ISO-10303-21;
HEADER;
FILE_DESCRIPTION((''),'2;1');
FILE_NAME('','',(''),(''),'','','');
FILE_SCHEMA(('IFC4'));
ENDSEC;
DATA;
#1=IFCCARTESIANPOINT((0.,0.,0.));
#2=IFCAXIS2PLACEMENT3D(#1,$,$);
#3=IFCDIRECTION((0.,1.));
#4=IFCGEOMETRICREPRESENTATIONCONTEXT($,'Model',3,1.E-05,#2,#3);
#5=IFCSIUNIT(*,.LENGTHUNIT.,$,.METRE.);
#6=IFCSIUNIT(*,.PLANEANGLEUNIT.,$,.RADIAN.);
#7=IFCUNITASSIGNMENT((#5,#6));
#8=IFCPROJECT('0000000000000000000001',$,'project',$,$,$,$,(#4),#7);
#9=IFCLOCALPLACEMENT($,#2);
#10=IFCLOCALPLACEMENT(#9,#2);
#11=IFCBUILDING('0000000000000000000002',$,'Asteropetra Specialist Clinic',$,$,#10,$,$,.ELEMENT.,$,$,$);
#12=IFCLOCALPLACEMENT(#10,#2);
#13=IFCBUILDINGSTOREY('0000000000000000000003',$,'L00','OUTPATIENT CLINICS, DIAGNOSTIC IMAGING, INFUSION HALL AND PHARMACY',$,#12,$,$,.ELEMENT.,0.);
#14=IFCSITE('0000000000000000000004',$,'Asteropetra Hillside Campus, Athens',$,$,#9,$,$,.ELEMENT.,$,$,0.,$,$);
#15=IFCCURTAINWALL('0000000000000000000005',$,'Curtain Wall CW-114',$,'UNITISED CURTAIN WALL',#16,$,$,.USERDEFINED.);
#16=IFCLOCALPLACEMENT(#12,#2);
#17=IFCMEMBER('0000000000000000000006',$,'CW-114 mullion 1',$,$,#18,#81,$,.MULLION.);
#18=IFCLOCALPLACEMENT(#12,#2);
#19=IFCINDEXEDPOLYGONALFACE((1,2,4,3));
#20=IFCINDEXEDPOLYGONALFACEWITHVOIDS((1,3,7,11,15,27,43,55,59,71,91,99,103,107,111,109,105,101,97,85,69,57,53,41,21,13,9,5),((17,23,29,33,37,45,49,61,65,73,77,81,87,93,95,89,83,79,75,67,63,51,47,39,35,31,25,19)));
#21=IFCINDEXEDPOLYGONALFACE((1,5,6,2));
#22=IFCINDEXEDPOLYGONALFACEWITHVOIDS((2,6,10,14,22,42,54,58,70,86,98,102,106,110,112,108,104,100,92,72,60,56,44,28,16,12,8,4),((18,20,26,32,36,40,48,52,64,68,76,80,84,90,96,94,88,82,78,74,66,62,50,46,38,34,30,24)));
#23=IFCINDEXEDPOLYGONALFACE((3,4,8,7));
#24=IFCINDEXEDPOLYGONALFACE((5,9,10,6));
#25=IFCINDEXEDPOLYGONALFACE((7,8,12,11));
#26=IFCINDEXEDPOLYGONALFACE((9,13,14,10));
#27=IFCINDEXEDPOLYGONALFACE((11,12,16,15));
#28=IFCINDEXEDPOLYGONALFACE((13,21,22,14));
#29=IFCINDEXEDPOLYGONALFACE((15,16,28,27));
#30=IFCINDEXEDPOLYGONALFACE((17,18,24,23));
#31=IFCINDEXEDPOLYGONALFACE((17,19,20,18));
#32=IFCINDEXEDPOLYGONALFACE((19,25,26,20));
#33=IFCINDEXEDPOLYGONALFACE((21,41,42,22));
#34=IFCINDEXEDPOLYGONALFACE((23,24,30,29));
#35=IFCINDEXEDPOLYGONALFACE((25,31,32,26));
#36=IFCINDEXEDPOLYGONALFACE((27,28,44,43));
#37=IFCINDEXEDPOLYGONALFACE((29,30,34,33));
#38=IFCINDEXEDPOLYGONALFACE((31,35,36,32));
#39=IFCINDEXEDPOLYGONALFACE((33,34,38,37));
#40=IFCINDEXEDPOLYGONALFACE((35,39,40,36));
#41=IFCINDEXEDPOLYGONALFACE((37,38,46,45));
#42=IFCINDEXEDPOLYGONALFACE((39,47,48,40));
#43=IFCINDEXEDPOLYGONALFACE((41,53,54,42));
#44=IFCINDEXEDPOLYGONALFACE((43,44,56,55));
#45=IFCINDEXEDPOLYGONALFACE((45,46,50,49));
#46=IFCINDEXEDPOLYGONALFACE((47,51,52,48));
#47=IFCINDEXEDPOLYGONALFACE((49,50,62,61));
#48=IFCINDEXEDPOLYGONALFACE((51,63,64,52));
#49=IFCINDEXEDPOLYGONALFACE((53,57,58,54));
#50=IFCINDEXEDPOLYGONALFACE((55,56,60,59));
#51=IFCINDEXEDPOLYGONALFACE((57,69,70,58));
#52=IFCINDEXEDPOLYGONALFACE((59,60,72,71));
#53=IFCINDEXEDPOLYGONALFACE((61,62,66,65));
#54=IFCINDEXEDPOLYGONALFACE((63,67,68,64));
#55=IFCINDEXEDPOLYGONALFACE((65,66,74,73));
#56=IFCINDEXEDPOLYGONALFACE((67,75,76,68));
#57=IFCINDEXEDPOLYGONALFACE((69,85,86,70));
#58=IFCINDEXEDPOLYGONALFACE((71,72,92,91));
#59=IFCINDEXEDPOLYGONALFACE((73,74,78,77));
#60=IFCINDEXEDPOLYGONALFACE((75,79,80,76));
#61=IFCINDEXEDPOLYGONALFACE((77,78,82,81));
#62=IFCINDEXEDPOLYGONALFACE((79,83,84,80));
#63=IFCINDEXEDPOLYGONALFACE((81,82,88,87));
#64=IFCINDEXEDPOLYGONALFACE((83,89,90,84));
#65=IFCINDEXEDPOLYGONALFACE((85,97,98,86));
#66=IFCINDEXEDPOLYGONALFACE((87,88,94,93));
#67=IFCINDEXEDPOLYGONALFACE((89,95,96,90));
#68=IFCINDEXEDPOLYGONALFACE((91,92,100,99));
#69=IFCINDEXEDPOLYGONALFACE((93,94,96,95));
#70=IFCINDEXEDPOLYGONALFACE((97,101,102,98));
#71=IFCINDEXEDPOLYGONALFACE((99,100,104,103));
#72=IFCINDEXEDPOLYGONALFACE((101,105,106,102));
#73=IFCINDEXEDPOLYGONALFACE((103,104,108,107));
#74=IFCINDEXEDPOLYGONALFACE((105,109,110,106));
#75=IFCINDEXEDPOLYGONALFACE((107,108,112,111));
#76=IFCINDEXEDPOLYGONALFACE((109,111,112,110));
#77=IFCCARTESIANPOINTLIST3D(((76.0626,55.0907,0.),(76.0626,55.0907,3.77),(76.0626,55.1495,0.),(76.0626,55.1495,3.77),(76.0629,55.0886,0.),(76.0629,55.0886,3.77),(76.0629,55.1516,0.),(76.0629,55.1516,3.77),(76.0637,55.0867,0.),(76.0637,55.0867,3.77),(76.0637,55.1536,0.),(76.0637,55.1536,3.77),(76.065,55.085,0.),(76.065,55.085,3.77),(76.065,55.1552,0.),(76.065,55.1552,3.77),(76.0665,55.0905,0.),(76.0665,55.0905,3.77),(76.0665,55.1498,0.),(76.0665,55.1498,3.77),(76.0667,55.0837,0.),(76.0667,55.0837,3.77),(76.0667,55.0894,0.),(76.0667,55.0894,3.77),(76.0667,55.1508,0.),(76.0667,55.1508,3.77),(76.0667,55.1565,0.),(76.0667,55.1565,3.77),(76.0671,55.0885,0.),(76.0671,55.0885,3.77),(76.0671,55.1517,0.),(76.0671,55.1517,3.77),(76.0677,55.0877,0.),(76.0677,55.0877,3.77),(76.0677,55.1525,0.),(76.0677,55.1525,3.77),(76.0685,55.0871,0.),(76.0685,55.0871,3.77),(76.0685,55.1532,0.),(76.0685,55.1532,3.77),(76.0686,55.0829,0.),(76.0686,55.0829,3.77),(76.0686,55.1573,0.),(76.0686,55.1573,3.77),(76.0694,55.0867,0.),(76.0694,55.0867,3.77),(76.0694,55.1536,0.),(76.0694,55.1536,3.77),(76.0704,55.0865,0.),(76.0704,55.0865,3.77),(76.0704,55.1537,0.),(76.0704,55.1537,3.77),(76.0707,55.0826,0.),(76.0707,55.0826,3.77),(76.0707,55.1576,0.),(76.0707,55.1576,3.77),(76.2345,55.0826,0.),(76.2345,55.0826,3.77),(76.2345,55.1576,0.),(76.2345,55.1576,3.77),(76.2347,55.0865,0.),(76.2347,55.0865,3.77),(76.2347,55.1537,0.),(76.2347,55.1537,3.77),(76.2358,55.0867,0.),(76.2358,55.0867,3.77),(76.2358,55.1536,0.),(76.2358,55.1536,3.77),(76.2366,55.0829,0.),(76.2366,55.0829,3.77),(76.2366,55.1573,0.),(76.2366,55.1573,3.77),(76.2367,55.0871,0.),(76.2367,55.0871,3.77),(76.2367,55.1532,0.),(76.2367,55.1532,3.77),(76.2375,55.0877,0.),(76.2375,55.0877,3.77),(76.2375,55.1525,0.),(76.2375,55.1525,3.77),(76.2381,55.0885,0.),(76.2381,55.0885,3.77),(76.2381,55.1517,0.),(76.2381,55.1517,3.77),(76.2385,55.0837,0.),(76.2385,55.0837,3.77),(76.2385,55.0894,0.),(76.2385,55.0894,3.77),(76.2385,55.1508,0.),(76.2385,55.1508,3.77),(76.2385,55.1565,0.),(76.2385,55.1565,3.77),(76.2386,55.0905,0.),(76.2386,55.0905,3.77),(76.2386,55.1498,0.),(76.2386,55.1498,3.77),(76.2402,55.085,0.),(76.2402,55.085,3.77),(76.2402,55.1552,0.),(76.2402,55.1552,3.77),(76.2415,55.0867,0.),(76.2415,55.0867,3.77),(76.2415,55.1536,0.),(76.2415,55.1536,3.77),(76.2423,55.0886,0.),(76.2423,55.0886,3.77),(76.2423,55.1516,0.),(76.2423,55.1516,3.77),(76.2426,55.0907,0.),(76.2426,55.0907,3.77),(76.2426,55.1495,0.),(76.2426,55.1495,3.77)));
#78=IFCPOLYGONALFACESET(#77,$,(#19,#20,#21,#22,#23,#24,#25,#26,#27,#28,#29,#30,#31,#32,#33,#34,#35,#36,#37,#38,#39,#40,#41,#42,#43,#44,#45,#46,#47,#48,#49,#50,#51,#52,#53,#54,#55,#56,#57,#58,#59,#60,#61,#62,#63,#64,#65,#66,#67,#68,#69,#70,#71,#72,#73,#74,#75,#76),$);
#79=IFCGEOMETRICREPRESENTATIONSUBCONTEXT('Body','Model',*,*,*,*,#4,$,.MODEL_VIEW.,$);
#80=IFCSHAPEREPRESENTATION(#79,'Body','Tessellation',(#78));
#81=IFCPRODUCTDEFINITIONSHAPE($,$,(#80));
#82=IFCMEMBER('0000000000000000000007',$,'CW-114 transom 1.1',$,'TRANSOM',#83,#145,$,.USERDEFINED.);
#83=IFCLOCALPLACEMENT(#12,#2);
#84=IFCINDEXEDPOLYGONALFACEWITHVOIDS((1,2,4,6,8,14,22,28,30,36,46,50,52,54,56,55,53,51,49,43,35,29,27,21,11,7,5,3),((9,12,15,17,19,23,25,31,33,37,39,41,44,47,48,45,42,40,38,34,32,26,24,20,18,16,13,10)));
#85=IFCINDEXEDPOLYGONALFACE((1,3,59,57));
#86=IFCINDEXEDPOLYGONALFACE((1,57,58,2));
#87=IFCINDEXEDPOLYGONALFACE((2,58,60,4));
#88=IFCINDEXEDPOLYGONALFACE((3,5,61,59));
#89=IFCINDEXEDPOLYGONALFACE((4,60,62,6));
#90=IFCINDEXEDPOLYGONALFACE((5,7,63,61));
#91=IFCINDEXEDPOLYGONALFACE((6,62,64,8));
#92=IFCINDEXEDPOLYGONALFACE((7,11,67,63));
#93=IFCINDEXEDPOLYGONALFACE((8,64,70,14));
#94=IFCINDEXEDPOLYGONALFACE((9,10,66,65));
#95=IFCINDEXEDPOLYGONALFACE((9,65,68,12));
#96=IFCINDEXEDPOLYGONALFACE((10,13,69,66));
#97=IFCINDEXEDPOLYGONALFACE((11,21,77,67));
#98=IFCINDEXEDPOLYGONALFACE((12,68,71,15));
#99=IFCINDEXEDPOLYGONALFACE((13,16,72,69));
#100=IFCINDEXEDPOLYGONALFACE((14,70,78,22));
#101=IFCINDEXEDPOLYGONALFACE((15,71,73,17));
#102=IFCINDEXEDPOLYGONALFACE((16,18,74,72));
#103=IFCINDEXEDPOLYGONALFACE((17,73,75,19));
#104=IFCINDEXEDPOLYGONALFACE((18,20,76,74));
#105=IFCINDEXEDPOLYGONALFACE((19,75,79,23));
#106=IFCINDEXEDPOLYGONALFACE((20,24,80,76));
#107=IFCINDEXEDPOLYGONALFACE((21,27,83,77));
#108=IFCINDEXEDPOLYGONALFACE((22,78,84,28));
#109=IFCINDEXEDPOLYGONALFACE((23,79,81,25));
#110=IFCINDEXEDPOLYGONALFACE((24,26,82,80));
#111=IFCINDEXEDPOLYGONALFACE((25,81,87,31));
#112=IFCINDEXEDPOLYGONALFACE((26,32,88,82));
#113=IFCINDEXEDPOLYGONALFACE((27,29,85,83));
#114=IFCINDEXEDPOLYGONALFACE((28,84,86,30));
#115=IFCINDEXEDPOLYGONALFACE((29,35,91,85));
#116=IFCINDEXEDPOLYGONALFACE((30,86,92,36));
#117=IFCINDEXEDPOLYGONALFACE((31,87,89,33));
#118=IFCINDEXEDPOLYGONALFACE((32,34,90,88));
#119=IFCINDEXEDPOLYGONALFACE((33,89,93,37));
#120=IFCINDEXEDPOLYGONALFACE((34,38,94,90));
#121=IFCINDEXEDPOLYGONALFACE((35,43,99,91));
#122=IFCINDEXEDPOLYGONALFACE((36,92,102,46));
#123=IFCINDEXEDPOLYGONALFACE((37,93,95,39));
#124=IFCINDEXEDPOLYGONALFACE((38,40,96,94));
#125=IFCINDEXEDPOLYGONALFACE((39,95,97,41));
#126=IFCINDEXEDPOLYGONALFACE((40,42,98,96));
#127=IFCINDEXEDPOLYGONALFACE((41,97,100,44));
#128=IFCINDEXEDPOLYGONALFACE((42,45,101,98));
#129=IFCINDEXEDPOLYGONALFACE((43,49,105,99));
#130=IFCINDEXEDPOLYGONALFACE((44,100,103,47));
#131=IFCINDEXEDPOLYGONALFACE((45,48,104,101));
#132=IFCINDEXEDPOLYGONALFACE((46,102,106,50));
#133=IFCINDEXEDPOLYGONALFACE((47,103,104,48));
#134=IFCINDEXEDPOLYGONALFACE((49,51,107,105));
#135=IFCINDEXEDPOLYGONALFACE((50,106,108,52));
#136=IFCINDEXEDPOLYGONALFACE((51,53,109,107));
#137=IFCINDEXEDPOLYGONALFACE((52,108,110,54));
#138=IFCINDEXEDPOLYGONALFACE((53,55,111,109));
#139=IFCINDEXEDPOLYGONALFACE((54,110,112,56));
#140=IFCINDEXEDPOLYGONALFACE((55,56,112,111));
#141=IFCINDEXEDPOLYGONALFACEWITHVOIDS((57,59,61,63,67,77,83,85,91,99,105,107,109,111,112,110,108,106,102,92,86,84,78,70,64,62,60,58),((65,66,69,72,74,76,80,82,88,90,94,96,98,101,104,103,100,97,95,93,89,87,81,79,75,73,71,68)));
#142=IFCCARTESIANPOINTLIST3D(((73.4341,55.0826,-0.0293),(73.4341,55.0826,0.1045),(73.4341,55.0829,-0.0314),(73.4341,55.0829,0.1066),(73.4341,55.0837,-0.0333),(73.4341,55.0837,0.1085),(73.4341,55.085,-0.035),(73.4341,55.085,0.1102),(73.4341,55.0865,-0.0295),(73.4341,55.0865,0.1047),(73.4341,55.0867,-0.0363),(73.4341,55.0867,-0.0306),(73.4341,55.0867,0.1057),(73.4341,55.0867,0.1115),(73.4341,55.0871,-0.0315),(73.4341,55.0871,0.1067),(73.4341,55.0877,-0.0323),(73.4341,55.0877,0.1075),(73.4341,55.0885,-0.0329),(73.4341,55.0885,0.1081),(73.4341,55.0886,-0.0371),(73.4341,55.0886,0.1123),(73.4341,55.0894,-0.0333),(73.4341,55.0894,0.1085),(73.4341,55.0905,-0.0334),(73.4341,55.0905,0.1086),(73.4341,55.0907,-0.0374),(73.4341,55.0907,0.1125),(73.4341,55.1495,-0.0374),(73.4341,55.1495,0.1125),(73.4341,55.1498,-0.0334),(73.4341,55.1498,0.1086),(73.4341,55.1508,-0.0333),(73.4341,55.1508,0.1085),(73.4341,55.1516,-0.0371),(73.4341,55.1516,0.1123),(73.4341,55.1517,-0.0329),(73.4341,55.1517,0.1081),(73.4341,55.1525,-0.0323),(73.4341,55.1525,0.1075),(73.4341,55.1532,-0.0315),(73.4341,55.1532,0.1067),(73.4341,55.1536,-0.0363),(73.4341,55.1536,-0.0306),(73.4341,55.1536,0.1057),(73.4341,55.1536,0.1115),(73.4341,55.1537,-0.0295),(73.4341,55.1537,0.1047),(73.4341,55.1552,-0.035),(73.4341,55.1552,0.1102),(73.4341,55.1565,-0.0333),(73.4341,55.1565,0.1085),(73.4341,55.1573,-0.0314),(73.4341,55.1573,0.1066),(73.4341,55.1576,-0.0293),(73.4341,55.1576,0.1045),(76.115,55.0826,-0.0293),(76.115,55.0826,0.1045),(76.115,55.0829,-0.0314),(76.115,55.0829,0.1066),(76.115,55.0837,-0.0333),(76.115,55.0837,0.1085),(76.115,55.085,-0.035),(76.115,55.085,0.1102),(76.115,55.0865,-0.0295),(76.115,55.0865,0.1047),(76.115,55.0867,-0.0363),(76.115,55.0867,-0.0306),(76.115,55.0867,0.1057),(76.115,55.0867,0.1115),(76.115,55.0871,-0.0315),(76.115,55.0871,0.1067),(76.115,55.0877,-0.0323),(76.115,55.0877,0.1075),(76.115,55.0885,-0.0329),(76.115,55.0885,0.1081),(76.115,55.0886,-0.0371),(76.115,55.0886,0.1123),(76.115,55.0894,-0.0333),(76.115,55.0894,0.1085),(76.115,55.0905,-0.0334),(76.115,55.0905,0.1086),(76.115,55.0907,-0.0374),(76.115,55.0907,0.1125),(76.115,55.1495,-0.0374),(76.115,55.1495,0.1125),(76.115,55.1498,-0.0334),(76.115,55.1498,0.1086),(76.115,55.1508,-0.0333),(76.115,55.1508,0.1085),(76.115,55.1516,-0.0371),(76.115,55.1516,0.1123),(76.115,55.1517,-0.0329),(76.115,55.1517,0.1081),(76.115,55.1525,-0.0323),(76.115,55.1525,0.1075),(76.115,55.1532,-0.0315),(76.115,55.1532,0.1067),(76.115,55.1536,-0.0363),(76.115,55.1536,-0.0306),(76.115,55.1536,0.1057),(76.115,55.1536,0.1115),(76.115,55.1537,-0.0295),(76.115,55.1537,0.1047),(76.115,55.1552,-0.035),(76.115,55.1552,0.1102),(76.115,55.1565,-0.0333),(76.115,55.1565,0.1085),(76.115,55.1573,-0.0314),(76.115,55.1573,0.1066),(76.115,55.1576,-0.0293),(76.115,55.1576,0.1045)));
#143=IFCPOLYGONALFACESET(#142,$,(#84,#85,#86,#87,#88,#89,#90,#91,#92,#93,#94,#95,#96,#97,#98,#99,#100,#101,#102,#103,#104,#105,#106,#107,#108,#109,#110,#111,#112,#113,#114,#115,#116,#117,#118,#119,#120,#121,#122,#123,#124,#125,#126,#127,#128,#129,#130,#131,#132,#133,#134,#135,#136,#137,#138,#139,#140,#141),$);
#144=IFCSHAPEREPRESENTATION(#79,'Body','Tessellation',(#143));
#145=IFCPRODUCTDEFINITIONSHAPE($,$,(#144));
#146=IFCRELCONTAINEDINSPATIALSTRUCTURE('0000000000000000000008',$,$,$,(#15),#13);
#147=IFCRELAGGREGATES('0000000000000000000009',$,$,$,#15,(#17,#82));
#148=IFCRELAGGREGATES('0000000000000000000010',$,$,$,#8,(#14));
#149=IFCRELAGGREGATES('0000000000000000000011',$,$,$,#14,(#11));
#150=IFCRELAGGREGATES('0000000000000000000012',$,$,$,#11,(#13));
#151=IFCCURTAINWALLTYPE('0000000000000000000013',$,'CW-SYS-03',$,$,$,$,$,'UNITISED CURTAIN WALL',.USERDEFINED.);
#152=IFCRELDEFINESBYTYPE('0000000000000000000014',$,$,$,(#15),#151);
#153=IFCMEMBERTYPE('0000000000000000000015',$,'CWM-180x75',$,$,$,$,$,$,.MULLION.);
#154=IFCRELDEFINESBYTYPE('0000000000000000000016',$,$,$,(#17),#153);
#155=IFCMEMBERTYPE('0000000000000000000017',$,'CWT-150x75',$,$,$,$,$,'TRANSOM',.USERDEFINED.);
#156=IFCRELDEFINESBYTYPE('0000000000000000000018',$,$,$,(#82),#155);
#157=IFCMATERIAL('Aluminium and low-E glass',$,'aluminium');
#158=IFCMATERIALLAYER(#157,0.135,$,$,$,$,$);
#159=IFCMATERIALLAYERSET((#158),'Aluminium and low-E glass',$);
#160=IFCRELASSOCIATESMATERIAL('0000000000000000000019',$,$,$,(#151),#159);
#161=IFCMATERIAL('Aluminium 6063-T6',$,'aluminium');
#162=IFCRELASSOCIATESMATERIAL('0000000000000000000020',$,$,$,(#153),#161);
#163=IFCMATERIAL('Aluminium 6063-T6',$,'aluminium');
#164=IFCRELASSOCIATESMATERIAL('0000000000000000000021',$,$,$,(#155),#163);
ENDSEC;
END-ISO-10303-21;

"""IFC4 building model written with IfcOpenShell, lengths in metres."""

from ifc_helpers import new_model, si_unit, direction, frame, origin, origin_2d, place, context, subcontext, project, spatial, hollow_rectangle, extrude, material, layer, layer_set, material_profile, profile_set, type_object, element, aggregate, save


model = new_model("IFC4")

# Units and contexts
model_context = context("Model", 3, precision=1e-05, world=origin(), true_north=direction((0.0, 1.0)))
body_context = subcontext(model_context, "Body", "Model", "MODEL_VIEW")
ifc_project = project(units=[si_unit("LENGTHUNIT", "METRE"), si_unit("PLANEANGLEUNIT", "RADIAN")], contexts=[model_context])

# Site, building, storey
site_placement = place(None, origin())
site = spatial("IfcSite", under=ifc_project, at=site_placement, Name="Asteropetra Hillside Campus, Athens", CompositionType="ELEMENT", RefElevation=0.0)
building_placement = place(site_placement, origin())
building = spatial("IfcBuilding", under=site, at=building_placement, Name="Asteropetra Specialist Clinic", CompositionType="ELEMENT")
storey_placement = place(building_placement, origin())
storey = spatial("IfcBuildingStorey", under=building, at=storey_placement, Name="L00", Description="OUTPATIENT CLINICS, DIAGNOSTIC IMAGING, INFUSION HALL AND PHARMACY", CompositionType="ELEMENT", Elevation=0.0)

# Curtain wall, members
ifc_material_1 = material(Name="Aluminium and low-E glass", Category="aluminium")
ifc_layer_1 = layer(ifc_material_1, 0.135)
ifc_layer_set_1 = layer_set([ifc_layer_1], Name="Aluminium and low-E glass")
curtain_wall_type_1 = type_object("IfcCurtainWallType", Name="CW-SYS-03", ElementType="UNITISED CURTAIN WALL", PredefinedType="USERDEFINED", material=ifc_layer_set_1)
curtain_wall_1_placement = place(storey_placement, origin())
curtain_wall_1 = element("IfcCurtainWall", 1, at=curtain_wall_1_placement, inside=storey, type_object=curtain_wall_type_1, Name="Curtain Wall CW-114", ObjectType="UNITISED CURTAIN WALL", PredefinedType="USERDEFINED")
ifc_material_2 = material(Name="Aluminium 6063-T6", Category="aluminium")
ifc_material_profile_1 = material_profile(ifc_material_2, hollow_rectangle(XDim=0.075, YDim=0.1799, WallThickness=0.0039, InnerFilletRadius=0.0039, OuterFilletRadius=0.0081, at=origin_2d()), Name="MUL 180x75x4.0")
ifc_profile_set_1 = profile_set([ifc_material_profile_1], Name="Aluminium 6063-T6")
member_type_1 = type_object("IfcMemberType", Name="CWM-180x75", PredefinedType="MULLION", material=ifc_profile_set_1)
member_1_placement = place(storey_placement, frame((76.1526, 55.1201, 0.0), z_axis=(0.0, 0.0, 1.0), x_axis=(0.0, -1.0, 0.0)))
member_1 = element("IfcMember", 2, at=member_1_placement, type_object=member_type_1, Name="CW-114 mullion 1", PredefinedType="MULLION", context=body_context, shape_type="SweptSolid", body=[
    extrude(hollow_rectangle(XDim=0.075, YDim=0.1799, WallThickness=0.0039, InnerFilletRadius=0.0039, OuterFilletRadius=0.0081, at=origin_2d()), origin(), (0.0, 0.0, 1.0), 3.77),
])
ifc_material_3 = material(Name="Aluminium 6063-T6", Category="aluminium")
ifc_material_profile_2 = material_profile(ifc_material_3, hollow_rectangle(XDim=0.075, YDim=0.1499, WallThickness=0.0039, InnerFilletRadius=0.0039, OuterFilletRadius=0.0081, at=origin_2d()), Name="TRN 150x75x4.0")
ifc_profile_set_2 = profile_set([ifc_material_profile_2], Name="Aluminium 6063-T6")
member_type_2 = type_object("IfcMemberType", Name="CWT-150x75", ElementType="TRANSOM", PredefinedType="USERDEFINED", material=ifc_profile_set_2)
member_2_placement = place(storey_placement, frame((76.115, 55.1201, 0.0376), z_axis=(-1.0, 0.0, 0.0), x_axis=(0.0, -1.0, 0.0)))
member_2 = element("IfcMember", 3, at=member_2_placement, type_object=member_type_2, Name="CW-114 transom 1.1", ObjectType="TRANSOM", PredefinedType="USERDEFINED", context=body_context, shape_type="SweptSolid", body=[
    extrude(hollow_rectangle(XDim=0.075, YDim=0.1499, WallThickness=0.0039, InnerFilletRadius=0.0039, OuterFilletRadius=0.0081, at=origin_2d()), origin(), (0.0, 0.0, 1.0), 2.6809),
])
aggregate(curtain_wall_1, [member_1, member_2])

save(model, "model.ifc")
